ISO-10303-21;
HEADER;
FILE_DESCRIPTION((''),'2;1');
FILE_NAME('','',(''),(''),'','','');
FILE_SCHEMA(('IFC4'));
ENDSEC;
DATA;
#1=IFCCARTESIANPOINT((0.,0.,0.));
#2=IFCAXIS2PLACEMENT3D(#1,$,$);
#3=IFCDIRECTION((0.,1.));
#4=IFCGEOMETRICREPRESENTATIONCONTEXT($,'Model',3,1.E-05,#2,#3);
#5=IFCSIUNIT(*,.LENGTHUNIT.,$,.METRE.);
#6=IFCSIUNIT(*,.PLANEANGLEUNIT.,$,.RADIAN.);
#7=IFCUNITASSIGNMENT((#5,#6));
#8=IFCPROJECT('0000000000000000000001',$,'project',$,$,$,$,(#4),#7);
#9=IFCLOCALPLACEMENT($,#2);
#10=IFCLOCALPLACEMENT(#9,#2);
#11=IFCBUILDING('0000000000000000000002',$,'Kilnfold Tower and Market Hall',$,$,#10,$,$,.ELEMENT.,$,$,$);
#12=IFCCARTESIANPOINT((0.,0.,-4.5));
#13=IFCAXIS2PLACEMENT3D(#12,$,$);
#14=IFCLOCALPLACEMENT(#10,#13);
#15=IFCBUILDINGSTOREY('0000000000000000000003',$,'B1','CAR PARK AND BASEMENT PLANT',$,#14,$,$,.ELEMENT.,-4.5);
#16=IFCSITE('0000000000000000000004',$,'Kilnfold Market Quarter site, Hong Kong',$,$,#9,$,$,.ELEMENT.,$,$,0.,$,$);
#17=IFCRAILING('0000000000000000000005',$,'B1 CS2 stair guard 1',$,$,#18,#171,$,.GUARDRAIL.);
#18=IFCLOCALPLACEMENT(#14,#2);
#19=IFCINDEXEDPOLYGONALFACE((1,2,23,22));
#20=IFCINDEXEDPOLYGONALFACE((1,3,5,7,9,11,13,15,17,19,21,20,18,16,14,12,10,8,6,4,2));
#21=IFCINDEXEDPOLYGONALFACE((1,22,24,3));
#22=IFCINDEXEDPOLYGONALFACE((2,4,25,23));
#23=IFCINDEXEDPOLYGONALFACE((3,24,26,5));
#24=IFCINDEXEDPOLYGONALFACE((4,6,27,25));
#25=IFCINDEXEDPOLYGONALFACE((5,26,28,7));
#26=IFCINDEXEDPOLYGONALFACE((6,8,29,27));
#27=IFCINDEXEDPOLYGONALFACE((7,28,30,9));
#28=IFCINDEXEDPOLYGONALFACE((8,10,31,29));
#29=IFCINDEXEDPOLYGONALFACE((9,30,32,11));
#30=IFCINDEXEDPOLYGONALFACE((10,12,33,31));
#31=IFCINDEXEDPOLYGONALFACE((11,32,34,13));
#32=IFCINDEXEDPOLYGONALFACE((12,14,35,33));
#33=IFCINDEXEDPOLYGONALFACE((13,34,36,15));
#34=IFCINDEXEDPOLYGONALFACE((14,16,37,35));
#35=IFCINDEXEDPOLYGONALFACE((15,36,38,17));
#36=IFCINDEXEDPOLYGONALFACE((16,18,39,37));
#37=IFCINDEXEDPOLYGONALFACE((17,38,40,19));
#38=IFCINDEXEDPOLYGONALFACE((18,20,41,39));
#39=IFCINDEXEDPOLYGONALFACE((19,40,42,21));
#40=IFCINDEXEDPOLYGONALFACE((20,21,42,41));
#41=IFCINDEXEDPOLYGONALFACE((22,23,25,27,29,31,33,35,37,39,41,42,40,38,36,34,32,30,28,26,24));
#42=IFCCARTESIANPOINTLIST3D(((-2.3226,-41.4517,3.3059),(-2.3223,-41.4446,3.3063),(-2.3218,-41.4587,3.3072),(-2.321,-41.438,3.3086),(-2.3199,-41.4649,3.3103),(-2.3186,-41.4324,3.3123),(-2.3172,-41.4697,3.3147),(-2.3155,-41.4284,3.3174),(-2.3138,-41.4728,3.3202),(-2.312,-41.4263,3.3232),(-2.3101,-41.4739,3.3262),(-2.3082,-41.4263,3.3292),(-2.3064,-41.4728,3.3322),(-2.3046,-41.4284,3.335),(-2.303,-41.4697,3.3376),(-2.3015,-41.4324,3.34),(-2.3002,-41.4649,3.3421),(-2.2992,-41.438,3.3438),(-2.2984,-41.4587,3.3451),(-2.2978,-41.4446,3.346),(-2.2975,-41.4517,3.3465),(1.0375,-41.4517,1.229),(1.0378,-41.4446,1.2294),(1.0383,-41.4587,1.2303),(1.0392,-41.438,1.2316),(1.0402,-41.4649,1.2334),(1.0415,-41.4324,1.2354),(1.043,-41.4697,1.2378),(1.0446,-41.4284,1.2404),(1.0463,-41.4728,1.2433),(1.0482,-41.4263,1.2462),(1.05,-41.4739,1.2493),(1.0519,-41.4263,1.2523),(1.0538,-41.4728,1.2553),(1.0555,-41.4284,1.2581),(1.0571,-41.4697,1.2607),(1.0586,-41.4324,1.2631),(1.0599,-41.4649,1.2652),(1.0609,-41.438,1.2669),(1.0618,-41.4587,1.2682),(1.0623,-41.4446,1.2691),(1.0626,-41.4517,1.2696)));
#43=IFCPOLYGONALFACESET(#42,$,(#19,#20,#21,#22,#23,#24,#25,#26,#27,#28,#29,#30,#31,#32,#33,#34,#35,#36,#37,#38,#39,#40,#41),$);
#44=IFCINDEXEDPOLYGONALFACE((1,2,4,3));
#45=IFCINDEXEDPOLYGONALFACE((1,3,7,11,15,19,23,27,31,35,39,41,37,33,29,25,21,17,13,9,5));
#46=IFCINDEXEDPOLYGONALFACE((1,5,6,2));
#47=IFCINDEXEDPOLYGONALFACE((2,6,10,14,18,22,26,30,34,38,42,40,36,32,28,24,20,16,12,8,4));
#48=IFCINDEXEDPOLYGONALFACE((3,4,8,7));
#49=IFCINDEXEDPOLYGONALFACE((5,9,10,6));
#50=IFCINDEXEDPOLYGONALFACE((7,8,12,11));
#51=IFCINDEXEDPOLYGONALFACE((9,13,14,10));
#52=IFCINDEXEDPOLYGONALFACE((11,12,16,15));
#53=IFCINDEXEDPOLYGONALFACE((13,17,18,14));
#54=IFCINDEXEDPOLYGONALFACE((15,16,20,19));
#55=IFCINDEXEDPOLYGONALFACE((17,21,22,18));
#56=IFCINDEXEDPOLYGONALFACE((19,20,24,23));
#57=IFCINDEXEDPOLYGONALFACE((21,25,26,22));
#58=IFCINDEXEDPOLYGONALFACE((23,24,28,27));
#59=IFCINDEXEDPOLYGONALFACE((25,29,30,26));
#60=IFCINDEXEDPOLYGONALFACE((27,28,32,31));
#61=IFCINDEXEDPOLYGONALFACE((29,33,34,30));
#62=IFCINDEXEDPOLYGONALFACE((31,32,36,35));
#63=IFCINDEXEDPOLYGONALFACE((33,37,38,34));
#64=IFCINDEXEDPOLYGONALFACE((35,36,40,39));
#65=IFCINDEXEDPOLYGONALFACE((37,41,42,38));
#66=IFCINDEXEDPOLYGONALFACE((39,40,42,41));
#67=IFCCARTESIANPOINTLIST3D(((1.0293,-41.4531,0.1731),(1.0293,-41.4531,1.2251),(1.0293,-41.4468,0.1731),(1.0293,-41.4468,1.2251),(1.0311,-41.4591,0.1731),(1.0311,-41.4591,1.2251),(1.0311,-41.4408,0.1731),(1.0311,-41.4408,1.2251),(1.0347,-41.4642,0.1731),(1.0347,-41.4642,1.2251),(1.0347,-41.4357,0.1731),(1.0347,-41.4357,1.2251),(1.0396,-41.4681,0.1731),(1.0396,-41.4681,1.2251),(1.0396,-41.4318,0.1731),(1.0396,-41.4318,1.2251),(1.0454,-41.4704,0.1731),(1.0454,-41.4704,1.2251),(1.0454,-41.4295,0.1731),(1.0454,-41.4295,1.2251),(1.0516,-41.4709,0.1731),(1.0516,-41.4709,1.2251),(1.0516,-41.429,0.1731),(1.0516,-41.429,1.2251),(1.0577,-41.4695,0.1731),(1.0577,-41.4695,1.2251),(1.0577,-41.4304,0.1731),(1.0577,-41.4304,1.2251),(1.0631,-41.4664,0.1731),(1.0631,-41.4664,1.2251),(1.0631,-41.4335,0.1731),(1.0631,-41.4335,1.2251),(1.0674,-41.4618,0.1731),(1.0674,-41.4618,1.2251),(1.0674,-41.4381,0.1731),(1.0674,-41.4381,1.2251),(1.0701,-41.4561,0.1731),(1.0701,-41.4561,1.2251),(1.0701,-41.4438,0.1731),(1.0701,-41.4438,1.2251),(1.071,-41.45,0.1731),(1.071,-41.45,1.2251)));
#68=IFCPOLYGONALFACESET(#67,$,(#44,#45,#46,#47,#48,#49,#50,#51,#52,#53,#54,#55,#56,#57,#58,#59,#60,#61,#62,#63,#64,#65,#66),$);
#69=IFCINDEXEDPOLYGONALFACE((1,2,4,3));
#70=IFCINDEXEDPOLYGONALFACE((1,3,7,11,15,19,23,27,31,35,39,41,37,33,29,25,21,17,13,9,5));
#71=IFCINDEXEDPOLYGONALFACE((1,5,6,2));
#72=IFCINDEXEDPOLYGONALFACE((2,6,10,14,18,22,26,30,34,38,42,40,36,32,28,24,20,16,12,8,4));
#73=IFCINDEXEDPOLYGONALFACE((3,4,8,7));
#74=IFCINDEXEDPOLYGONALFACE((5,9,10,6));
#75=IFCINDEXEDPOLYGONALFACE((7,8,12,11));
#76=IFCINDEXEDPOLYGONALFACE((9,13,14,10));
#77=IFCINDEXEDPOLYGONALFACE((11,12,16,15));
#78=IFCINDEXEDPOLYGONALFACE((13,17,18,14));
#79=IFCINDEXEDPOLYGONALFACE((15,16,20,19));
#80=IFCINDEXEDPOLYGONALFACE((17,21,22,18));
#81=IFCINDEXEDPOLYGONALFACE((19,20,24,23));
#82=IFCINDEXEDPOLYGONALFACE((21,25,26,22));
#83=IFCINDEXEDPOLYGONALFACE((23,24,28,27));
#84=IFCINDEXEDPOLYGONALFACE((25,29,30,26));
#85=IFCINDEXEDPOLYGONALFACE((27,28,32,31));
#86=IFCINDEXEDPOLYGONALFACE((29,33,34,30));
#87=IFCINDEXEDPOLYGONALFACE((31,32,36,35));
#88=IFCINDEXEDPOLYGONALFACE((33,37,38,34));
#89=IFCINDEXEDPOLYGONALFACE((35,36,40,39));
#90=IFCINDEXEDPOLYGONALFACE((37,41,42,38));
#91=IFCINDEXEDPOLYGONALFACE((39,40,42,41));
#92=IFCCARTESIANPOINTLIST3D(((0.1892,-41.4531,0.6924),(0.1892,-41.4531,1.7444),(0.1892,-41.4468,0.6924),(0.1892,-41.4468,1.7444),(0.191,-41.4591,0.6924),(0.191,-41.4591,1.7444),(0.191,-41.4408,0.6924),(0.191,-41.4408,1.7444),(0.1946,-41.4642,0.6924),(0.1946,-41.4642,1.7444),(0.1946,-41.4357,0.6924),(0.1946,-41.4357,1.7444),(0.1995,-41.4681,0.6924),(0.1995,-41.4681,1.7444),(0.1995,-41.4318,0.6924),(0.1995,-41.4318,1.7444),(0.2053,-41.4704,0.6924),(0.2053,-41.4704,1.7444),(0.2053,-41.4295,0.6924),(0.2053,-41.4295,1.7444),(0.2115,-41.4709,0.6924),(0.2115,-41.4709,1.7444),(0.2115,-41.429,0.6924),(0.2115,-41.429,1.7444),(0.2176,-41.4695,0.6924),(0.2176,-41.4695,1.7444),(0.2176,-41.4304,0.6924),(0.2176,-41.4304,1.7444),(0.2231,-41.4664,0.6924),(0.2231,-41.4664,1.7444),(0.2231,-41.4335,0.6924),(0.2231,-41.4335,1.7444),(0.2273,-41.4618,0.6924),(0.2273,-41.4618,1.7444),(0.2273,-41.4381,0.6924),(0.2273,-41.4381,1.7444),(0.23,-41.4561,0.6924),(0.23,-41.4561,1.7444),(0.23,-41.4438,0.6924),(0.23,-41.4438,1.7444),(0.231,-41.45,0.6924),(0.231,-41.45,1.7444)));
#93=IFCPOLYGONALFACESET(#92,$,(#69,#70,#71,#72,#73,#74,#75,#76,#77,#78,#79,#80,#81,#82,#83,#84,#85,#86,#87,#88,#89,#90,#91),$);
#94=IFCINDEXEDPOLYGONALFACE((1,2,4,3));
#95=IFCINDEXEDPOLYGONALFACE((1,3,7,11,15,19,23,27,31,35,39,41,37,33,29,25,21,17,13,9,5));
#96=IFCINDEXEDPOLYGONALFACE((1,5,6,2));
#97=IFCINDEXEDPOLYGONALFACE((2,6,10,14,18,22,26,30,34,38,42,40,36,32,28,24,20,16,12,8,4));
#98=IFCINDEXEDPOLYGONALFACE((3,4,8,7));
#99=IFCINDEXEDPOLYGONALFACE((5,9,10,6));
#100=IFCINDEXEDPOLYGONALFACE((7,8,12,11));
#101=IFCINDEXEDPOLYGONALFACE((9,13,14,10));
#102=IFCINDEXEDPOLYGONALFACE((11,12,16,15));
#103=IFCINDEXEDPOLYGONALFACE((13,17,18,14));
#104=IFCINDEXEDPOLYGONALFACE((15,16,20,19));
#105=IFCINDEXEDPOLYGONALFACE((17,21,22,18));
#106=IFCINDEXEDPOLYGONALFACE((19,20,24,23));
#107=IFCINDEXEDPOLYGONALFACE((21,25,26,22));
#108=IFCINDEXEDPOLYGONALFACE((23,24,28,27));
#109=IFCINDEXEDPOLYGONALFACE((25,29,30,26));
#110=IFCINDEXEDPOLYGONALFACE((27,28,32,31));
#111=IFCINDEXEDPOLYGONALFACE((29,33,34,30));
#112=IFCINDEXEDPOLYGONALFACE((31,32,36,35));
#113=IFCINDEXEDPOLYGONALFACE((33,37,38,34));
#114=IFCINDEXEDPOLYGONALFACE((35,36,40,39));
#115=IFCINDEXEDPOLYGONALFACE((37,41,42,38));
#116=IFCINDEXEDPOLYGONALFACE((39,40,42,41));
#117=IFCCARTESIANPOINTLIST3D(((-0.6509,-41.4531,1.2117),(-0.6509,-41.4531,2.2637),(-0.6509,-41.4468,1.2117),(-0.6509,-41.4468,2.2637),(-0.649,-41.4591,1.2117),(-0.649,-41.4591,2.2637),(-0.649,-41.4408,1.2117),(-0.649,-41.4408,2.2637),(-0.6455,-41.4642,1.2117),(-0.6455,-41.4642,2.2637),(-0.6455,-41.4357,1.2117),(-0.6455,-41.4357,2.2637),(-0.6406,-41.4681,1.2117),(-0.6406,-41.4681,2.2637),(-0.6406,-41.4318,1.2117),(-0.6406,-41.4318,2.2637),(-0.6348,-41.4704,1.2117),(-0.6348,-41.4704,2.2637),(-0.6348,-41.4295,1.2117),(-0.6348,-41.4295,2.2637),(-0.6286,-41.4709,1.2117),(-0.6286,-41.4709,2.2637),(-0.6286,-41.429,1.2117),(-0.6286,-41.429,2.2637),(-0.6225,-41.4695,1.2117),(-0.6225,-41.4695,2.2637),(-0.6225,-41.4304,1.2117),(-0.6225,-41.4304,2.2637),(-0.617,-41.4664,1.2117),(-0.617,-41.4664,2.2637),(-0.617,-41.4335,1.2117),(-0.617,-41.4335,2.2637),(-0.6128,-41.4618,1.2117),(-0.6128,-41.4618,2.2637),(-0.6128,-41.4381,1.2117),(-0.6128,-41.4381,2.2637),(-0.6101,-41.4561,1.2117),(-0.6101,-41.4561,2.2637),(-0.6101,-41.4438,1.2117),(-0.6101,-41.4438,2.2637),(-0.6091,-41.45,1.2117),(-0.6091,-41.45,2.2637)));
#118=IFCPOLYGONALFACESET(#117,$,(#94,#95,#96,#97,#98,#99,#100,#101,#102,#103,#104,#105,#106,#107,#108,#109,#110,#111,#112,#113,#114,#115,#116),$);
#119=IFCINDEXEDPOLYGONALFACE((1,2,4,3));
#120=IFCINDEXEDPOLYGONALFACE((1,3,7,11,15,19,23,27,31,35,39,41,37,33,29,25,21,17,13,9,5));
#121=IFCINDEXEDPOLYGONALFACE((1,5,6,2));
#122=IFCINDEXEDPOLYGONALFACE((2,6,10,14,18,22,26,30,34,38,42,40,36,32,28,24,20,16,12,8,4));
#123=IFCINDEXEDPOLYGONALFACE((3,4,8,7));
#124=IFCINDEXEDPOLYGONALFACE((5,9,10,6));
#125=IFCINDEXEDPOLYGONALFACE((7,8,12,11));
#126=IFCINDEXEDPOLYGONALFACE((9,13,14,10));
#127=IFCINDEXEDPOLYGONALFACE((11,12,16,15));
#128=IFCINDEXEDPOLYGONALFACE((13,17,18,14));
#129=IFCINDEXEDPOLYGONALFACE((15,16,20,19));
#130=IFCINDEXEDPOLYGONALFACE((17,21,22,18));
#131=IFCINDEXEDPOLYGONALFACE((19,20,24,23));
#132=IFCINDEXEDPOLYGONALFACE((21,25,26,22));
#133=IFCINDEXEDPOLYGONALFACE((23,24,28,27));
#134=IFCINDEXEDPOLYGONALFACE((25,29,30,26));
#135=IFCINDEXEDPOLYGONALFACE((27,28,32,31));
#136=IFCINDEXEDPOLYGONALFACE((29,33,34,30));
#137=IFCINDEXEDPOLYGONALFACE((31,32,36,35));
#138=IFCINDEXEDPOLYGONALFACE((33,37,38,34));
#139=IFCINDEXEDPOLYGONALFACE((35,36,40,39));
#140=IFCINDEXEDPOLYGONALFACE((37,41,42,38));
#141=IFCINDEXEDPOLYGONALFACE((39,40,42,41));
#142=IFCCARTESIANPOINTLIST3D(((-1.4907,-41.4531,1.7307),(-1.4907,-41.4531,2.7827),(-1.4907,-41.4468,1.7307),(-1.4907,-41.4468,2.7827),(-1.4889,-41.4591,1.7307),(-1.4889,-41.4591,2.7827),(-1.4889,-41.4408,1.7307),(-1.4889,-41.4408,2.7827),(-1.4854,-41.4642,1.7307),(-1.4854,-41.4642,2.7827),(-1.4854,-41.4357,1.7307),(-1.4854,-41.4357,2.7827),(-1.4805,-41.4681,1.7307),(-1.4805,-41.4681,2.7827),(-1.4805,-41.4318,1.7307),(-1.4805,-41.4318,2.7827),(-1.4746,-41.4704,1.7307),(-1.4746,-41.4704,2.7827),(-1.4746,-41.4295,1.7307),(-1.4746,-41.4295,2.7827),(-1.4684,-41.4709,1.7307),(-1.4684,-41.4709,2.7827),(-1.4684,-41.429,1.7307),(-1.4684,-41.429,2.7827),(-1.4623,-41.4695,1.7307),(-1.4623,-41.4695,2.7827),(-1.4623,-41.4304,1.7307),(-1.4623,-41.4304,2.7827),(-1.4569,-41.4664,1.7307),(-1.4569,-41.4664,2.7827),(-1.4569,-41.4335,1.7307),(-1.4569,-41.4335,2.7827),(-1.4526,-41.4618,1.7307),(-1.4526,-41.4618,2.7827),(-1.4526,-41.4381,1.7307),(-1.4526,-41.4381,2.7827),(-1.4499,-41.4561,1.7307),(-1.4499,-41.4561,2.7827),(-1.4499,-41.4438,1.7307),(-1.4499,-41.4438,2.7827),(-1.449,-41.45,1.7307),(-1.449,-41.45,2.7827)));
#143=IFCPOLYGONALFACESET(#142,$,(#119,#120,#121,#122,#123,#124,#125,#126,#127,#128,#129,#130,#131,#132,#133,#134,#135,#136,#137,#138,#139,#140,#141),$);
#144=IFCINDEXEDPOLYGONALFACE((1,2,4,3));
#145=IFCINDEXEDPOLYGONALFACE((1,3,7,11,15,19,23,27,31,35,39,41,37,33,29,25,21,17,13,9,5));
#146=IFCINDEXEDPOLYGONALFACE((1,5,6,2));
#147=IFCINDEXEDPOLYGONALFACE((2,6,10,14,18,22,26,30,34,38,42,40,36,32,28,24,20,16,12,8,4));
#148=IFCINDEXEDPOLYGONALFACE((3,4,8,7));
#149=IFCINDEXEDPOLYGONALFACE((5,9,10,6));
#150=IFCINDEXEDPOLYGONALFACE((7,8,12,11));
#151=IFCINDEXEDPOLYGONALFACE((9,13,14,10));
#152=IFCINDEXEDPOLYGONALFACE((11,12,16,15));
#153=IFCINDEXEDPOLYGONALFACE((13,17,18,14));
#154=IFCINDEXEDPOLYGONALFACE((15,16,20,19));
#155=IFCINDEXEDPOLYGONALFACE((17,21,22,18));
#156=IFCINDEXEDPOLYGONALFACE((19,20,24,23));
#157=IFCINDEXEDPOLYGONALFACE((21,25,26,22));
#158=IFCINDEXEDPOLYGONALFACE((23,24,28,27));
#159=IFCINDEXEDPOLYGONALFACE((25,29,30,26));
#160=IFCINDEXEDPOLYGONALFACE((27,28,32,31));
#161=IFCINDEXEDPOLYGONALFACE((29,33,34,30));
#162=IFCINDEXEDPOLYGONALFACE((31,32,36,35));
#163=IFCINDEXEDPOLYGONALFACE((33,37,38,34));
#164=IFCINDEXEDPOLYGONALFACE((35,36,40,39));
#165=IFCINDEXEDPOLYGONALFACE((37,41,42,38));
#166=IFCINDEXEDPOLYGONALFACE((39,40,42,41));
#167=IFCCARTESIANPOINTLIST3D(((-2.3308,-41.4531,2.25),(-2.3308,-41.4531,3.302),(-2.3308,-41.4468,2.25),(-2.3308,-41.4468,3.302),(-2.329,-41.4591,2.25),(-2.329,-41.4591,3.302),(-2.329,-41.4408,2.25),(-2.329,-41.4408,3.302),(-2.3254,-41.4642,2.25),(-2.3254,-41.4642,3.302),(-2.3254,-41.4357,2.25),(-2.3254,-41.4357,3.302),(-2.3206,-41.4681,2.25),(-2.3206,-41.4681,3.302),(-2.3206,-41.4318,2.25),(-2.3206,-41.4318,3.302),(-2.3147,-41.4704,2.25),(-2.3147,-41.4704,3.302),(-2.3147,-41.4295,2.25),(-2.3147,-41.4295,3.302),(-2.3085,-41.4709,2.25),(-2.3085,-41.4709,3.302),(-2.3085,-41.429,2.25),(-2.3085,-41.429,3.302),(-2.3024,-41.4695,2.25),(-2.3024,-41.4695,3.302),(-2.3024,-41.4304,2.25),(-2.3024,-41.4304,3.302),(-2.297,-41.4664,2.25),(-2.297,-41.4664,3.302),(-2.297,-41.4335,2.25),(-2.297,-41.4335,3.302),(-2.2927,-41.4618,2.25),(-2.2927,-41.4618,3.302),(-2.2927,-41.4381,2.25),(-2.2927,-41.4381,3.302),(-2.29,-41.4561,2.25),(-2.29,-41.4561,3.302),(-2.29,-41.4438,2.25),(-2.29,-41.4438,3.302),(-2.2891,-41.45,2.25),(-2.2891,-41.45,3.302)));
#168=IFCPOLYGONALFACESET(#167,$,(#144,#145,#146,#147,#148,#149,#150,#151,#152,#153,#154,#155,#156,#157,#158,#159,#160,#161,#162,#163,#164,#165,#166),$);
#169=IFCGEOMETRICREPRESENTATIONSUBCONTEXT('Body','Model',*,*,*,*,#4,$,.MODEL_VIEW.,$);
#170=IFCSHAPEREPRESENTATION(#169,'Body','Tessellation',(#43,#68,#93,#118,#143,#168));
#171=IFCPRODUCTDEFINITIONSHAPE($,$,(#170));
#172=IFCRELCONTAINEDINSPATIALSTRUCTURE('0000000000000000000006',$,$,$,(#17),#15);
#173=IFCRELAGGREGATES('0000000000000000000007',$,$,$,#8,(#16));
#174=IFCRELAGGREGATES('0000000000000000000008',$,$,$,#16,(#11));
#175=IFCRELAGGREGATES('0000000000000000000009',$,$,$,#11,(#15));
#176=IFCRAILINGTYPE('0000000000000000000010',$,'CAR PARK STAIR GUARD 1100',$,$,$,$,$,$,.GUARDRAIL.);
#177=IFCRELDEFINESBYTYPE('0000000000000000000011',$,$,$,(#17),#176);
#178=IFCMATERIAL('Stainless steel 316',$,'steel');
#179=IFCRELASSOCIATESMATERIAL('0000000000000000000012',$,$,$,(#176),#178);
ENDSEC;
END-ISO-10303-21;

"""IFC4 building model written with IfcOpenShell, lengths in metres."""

from ifc_helpers import new_model, si_unit, direction, frame, origin, origin_2d, place, context, subcontext, project, spatial, circle, extrude, material, type_object, element, save


model = new_model("IFC4")

# Units and contexts
model_context = context("Model", 3, precision=1e-05, world=origin(), true_north=direction((0.0, 1.0)))
body_context = subcontext(model_context, "Body", "Model", "MODEL_VIEW")
ifc_project = project(units=[si_unit("LENGTHUNIT", "METRE"), si_unit("PLANEANGLEUNIT", "RADIAN")], contexts=[model_context])

# Site, building, storey
site_placement = place(None, origin())
site = spatial("IfcSite", under=ifc_project, at=site_placement, Name="Kilnfold Market Quarter site, Hong Kong", CompositionType="ELEMENT", RefElevation=0.0)
building_placement = place(site_placement, origin())
building = spatial("IfcBuilding", under=site, at=building_placement, Name="Kilnfold Tower and Market Hall", CompositionType="ELEMENT")
storey_placement = place(building_placement, frame((0.0, 0.0, -4.5)))
storey = spatial("IfcBuildingStorey", under=building, at=storey_placement, Name="B1", Description="CAR PARK AND BASEMENT PLANT", CompositionType="ELEMENT", Elevation=-4.5)

# Railing
ifc_material_1 = material(Name="Stainless steel 316", Category="steel")
railing_type_1 = type_object("IfcRailingType", Name="CAR PARK STAIR GUARD 1100", PredefinedType="GUARDRAIL", material=ifc_material_1)
railing_1_placement = place(storey_placement, frame((1.05, -41.45, 0.1731)))
element("IfcRailing", 1, at=railing_1_placement, inside=storey, type_object=railing_type_1, Name="B1 CS2 stair guard 1", PredefinedType="GUARDRAIL", context=body_context, shape_type="SweptSolid", body=[
    extrude(circle(Radius=0.0239, at=origin_2d()), frame((0.0, 0.0, 1.0762), z_axis=(-0.850623, 0.0, 0.525776), x_axis=(0.0, -1.0, 0.0)), (0.0, 0.0, 1.0), 3.9502),
    extrude(circle(Radius=0.021, at=origin_2d()), origin(), (0.0, 0.0, 1.0), 1.052),
    extrude(circle(Radius=0.021, at=origin_2d()), frame((-0.8401, 0.0, 0.5193)), (0.0, 0.0, 1.0), 1.052),
    extrude(circle(Radius=0.021, at=origin_2d()), frame((-1.6802, 0.0, 1.0386)), (0.0, 0.0, 1.0), 1.052),
    extrude(circle(Radius=0.021, at=origin_2d()), frame((-2.52, 0.0, 1.5576)), (0.0, 0.0, 1.0), 1.052),
    extrude(circle(Radius=0.021, at=origin_2d()), frame((-3.3601, 0.0, 2.0769)), (0.0, 0.0, 1.0), 1.052),
])

save(model, "model.ifc")
